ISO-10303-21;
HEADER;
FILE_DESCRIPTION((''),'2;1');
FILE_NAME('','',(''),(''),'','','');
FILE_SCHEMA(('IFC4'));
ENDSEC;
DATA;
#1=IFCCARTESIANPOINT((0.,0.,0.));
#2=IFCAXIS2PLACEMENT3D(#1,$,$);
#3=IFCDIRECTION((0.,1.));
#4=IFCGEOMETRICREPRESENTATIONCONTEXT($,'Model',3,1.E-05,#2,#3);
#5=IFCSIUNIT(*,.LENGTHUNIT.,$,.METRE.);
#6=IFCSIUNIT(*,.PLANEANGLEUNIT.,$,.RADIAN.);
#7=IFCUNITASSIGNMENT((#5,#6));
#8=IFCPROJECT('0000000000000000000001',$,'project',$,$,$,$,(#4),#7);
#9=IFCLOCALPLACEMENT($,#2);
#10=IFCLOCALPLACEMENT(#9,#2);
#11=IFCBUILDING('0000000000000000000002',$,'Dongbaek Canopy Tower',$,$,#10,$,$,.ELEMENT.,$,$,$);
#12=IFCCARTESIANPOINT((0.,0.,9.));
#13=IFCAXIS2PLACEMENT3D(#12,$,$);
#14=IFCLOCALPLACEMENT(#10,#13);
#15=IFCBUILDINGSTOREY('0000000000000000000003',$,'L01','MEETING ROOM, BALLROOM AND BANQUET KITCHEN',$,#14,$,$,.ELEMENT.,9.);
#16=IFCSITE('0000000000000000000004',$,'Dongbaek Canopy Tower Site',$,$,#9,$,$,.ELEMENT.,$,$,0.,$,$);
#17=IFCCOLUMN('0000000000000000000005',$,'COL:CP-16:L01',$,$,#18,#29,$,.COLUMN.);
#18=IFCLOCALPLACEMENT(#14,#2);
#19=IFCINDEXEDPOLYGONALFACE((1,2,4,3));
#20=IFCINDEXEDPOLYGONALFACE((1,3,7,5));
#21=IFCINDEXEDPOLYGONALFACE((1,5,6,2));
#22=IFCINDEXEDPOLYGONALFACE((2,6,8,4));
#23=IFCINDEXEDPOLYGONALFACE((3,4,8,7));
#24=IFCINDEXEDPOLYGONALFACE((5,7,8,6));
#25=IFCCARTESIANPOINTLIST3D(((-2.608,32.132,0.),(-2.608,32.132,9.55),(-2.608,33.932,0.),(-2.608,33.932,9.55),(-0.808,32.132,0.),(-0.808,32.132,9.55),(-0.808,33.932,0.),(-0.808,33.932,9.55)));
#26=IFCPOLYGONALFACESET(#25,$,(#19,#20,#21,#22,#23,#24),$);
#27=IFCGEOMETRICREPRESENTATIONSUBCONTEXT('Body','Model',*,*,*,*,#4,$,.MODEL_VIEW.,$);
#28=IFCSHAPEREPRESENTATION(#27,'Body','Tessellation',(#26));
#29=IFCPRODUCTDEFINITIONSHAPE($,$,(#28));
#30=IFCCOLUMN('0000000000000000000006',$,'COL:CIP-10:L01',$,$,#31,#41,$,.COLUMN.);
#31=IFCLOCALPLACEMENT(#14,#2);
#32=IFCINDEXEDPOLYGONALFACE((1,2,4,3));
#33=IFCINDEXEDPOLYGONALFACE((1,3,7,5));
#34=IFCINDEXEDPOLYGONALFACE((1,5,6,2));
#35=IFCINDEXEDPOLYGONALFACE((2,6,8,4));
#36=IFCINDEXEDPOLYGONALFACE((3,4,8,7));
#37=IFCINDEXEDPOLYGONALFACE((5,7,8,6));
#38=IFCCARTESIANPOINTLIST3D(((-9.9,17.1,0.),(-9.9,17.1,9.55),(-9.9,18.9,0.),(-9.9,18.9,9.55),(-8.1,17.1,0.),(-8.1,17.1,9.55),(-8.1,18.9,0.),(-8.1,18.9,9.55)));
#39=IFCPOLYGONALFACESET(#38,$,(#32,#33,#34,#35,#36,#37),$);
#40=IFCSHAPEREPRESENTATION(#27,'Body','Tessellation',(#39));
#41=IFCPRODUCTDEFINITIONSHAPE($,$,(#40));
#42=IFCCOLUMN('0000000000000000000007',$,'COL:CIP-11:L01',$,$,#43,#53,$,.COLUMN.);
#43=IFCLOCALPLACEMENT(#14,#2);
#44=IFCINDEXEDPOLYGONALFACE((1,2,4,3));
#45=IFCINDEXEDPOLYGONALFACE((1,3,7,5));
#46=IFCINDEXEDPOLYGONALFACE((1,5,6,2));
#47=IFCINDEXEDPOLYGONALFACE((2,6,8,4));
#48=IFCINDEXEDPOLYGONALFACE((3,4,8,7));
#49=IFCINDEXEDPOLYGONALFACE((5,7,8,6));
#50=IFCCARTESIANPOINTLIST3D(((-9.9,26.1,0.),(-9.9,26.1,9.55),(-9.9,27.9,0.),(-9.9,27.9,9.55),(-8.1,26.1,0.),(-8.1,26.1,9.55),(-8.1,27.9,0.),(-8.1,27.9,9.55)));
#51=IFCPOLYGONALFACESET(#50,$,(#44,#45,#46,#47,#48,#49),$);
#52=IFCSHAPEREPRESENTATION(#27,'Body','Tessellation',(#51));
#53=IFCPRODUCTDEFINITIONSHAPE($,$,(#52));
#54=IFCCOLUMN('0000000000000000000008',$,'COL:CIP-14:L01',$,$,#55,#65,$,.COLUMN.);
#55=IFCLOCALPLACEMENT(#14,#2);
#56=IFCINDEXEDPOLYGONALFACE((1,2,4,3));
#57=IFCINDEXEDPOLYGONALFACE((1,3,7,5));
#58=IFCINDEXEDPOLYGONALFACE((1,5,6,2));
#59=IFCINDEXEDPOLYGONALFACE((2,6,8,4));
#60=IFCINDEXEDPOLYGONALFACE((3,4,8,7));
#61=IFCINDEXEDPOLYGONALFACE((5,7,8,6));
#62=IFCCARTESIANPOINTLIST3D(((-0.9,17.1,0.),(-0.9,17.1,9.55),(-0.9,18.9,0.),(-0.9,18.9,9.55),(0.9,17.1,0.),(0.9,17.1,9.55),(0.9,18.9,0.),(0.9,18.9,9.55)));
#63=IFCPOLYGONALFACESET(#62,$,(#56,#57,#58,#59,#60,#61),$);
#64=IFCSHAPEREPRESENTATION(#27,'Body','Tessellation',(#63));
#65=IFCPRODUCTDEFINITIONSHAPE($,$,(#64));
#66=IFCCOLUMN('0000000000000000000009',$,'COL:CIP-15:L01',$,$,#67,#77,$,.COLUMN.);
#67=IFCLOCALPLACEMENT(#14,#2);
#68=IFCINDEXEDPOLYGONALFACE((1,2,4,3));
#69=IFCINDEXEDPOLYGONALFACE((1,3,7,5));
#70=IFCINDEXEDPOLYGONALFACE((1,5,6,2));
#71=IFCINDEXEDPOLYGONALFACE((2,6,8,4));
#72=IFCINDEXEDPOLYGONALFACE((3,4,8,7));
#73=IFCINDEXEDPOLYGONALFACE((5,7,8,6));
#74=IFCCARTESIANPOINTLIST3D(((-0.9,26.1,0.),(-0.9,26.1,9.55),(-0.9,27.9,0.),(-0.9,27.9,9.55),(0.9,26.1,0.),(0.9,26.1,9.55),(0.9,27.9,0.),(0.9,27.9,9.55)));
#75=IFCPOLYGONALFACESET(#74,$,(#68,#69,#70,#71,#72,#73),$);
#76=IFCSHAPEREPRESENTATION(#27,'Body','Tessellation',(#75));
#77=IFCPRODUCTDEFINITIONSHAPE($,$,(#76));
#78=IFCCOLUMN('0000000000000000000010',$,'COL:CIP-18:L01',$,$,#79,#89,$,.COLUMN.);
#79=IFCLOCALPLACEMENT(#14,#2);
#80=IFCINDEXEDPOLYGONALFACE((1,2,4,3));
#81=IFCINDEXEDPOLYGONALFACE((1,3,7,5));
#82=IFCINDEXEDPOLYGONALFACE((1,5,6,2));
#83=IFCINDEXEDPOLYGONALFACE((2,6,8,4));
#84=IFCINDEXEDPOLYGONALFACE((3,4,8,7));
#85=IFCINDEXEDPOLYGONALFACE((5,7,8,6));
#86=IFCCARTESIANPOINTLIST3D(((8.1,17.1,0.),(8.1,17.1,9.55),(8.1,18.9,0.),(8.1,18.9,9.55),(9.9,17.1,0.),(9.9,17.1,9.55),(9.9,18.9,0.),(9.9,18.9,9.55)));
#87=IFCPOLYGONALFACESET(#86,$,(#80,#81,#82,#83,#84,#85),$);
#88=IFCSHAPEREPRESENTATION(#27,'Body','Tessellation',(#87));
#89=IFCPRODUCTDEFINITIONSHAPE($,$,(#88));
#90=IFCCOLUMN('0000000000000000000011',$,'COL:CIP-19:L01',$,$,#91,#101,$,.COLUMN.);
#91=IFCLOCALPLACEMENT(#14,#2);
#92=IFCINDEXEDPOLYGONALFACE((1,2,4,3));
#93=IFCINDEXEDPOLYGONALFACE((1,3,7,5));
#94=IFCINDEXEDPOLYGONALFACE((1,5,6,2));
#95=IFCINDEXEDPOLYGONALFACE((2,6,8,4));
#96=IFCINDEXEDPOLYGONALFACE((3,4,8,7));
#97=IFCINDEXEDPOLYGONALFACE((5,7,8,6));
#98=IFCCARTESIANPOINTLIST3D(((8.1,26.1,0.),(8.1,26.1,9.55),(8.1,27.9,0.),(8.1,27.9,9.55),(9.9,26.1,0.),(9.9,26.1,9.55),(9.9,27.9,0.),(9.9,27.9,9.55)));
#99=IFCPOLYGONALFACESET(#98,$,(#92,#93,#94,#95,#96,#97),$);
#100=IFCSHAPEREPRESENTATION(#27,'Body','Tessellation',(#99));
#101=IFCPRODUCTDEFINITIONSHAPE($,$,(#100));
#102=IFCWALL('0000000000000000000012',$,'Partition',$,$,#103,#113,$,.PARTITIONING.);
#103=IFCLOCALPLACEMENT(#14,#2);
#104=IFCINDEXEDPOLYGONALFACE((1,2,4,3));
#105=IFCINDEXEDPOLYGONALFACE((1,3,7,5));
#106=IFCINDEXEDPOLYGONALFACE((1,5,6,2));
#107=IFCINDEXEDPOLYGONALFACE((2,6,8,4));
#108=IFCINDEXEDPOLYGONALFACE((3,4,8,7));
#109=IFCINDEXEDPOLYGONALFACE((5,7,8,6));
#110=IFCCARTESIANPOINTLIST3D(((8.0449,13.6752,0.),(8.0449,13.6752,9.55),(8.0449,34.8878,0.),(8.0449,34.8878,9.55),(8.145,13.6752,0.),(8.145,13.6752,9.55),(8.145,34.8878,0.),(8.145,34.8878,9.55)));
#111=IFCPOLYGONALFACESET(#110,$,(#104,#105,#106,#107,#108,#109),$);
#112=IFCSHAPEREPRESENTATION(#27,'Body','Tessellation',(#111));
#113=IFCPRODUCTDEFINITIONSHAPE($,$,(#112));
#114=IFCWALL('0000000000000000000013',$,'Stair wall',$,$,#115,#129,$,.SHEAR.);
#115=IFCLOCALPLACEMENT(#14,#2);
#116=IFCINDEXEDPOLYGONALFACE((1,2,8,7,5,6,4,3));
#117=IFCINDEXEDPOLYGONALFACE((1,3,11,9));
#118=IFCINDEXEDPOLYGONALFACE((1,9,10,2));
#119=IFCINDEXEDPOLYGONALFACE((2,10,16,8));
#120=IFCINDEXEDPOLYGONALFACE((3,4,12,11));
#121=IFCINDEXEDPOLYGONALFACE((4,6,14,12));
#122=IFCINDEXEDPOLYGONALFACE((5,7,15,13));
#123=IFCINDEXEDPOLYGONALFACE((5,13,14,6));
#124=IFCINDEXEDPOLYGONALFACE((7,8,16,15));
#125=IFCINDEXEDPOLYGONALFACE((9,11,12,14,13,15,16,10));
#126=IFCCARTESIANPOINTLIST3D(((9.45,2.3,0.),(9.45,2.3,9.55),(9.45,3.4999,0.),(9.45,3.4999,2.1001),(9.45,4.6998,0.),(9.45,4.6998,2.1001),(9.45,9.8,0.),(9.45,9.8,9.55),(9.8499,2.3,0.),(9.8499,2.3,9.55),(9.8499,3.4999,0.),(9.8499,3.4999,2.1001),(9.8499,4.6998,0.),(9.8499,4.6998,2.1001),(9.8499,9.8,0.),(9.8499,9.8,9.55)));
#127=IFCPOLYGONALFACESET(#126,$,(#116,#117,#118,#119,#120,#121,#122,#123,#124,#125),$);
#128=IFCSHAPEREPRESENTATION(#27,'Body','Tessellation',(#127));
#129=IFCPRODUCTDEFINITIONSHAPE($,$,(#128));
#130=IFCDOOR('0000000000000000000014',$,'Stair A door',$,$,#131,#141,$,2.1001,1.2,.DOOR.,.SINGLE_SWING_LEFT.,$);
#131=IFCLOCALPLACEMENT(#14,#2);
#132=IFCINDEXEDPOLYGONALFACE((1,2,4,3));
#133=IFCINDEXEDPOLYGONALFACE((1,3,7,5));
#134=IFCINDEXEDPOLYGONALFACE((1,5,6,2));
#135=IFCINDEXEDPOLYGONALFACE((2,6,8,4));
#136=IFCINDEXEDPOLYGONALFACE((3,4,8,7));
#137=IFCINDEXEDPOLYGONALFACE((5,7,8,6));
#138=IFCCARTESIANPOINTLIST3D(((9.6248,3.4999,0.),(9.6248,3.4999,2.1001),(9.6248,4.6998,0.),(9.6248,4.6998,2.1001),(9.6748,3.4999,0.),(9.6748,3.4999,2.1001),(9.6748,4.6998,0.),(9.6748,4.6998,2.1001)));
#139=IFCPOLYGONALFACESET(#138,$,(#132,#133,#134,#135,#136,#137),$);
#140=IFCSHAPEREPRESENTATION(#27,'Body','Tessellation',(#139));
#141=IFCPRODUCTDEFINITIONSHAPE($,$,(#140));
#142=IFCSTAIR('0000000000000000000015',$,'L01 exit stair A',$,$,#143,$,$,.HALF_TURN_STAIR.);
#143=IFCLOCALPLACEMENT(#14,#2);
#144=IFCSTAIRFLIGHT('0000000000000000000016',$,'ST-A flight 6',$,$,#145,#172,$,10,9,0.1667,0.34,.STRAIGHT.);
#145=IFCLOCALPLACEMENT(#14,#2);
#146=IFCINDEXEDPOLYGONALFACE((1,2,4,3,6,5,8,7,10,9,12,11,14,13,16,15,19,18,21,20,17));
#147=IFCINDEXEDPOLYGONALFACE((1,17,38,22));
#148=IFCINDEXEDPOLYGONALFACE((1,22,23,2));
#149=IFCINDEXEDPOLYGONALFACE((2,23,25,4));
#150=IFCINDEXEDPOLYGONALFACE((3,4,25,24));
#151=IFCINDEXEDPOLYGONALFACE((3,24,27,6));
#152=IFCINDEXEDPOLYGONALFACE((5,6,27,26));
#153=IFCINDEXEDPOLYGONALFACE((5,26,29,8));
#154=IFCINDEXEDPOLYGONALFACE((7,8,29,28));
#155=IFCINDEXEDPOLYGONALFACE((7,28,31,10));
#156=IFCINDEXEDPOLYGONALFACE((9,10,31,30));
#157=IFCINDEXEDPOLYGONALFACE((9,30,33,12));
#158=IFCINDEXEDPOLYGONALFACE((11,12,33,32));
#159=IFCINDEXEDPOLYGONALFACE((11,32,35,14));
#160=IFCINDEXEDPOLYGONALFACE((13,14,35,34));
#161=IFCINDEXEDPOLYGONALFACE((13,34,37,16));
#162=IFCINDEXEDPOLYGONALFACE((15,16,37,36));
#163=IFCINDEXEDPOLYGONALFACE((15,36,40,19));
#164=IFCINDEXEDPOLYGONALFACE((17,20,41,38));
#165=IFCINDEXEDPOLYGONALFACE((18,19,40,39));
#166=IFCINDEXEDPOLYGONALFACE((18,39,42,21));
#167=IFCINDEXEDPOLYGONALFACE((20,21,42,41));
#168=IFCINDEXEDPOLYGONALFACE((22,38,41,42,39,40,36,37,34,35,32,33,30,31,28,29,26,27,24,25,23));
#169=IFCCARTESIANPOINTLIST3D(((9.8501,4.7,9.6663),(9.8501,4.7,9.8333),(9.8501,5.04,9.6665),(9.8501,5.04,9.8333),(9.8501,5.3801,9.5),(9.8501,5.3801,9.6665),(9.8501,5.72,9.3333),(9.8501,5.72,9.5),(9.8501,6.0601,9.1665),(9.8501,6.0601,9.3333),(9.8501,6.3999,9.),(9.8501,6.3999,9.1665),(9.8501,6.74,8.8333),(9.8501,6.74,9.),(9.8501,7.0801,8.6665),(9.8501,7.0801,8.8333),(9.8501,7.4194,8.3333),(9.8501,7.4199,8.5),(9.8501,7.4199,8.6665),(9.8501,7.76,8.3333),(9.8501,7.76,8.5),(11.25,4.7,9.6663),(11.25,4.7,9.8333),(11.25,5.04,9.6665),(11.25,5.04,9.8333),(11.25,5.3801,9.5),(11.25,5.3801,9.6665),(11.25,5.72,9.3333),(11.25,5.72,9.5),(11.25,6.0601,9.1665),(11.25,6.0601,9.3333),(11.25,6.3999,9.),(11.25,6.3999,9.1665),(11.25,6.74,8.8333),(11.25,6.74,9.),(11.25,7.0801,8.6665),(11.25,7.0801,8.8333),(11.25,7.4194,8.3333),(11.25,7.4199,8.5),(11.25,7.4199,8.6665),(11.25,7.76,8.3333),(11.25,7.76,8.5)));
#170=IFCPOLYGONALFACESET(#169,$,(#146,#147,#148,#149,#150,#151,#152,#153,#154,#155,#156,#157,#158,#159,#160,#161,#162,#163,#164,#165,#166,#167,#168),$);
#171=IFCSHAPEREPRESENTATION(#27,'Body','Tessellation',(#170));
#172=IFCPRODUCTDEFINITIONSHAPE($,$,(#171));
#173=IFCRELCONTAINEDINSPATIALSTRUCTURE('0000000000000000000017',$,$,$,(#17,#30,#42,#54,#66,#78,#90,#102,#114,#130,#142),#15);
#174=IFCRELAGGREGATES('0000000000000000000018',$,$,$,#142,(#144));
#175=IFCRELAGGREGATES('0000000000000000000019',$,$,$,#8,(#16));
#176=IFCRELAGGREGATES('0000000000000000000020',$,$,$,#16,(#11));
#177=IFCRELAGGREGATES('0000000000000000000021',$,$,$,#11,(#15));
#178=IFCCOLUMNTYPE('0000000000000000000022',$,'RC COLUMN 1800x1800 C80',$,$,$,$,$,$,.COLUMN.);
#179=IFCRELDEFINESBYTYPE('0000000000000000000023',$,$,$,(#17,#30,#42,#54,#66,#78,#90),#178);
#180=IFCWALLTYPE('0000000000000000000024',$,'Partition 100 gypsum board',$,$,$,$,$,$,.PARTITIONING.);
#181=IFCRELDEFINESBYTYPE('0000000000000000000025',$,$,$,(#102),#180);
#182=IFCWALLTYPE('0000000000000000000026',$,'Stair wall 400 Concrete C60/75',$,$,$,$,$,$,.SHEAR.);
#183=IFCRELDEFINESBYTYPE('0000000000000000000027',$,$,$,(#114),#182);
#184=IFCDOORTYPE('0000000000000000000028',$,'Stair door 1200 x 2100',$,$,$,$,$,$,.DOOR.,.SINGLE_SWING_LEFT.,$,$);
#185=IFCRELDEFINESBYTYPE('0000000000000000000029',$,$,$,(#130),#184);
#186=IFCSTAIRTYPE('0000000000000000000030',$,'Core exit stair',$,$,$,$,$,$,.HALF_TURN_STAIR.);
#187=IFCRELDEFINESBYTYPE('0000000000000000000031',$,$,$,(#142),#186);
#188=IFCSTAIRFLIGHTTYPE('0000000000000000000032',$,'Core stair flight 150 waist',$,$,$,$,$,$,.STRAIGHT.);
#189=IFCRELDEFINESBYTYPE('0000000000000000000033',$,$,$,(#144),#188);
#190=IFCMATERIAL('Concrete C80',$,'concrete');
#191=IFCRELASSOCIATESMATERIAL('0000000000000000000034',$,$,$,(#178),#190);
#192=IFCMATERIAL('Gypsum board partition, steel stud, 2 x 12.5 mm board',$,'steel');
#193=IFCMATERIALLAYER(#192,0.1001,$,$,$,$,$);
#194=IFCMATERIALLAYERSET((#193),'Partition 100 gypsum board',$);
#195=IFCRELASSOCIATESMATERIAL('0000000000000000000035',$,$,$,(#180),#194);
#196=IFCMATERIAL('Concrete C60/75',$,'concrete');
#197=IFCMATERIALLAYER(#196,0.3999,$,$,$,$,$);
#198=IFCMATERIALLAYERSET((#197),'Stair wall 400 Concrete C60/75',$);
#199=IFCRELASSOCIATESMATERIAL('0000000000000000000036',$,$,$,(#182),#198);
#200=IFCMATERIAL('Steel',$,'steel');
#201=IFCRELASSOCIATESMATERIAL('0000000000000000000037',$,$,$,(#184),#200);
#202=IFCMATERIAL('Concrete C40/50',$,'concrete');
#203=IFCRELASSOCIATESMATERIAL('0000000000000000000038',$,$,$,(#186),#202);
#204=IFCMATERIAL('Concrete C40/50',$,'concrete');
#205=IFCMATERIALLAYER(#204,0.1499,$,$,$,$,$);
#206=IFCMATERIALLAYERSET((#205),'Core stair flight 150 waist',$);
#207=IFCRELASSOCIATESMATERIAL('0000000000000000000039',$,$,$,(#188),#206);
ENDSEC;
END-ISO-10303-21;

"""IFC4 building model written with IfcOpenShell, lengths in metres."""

from ifc_helpers import new_model, si_unit, direction, frame, frame_2d, origin, origin_2d, place, context, subcontext, project, spatial, polyline, rectangle, outline, extrude, material, layer, layer_set, material_profile, profile_set, type_object, element, fill, aggregate, save


model = new_model("IFC4")

# Units and contexts
model_context = context("Model", 3, precision=1e-05, world=origin(), true_north=direction((0.0, 1.0)))
body_context = subcontext(model_context, "Body", "Model", "MODEL_VIEW")
ifc_project = project(units=[si_unit("LENGTHUNIT", "METRE"), si_unit("PLANEANGLEUNIT", "RADIAN")], contexts=[model_context])

# Site, building, storey
site_placement = place(None, origin())
site = spatial("IfcSite", under=ifc_project, at=site_placement, Name="Dongbaek Canopy Tower Site", CompositionType="ELEMENT", RefElevation=0.0)
building_placement = place(site_placement, origin())
building = spatial("IfcBuilding", under=site, at=building_placement, Name="Dongbaek Canopy Tower", CompositionType="ELEMENT")
storey_placement = place(building_placement, frame((0.0, 0.0, 9.0)))
storey = spatial("IfcBuildingStorey", under=building, at=storey_placement, Name="L01", Description="MEETING ROOM, BALLROOM AND BANQUET KITCHEN", CompositionType="ELEMENT", Elevation=9.0)

# Columns
ifc_material_1 = material(Name="Concrete C80", Category="concrete")
ifc_material_profile = material_profile(ifc_material_1, rectangle(XDim=1.8, YDim=1.8, at=origin_2d()), Name="RC COLUMN 1800x1800 C80")
ifc_profile_set = profile_set([ifc_material_profile], Name="Concrete C80")
column_type = type_object("IfcColumnType", Name="RC COLUMN 1800x1800 C80", PredefinedType="COLUMN", material=ifc_profile_set)
for number, where, z_axis, x_axis, name in (
    (1, (-1.708, 33.032, 0.0), (0.0, 0.0, 1.0), (1.0, 0.0, 0.0), "COL:CP-16:L01"),
    (2, (-9.0, 18.0, 0.0), (0.0, 0.0, 1.0), (1.0, 0.0, 0.0), "COL:CIP-10:L01"),
    (3, (-9.0, 27.0, 0.0), (0.0, 0.0, 1.0), (1.0, 0.0, 0.0), "COL:CIP-11:L01"),
    (4, (0.0, 18.0, 0.0), (0.0, 0.0, 1.0), (1.0, 0.0, 0.0), "COL:CIP-14:L01"),
    (5, (0.0, 27.0, 0.0), (0.0, 0.0, 1.0), (1.0, 0.0, 0.0), "COL:CIP-15:L01"),
    (6, (9.0, 18.0, 0.0), (0.0, 0.0, 1.0), (1.0, 0.0, 0.0), "COL:CIP-18:L01"),
    (7, (9.0, 27.0, 0.0), (0.0, 0.0, 1.0), (1.0, 0.0, 0.0), "COL:CIP-19:L01"),
):
    element("IfcColumn", number, at=place(storey_placement, frame(where, z_axis=z_axis, x_axis=x_axis)), inside=storey, type_object=column_type, Name=name, PredefinedType="COLUMN", context=body_context, shape_type="SweptSolid", body=[
        extrude(rectangle(XDim=1.8, YDim=1.8, at=origin_2d()), origin(), (0.0, 0.0, 1.0), 9.55),
    ])

# Wall
ifc_material_2 = material(Name="Gypsum board partition, steel stud, 2 x 12.5 mm board", Category="steel")
ifc_layer_1 = layer(ifc_material_2, 0.1001)
ifc_layer_set_1 = layer_set([ifc_layer_1], Name="Partition 100 gypsum board")
wall_type_1 = type_object("IfcWallType", Name="Partition 100 gypsum board", PredefinedType="PARTITIONING", material=ifc_layer_set_1)
wall_1_placement = place(storey_placement, frame((8.095, 13.675, 0.0), z_axis=(0.0, 0.0, 1.0), x_axis=(0.0, 1.0, 0.0)))
element("IfcWall", 8, at=wall_1_placement, inside=storey, type_object=wall_type_1, Name="Partition", PredefinedType="PARTITIONING", context=body_context, shape_type="SweptSolid", body=[
    extrude(rectangle(XDim=21.2126, YDim=0.1001, at=frame_2d((10.6064, 0.0))), origin(), (0.0, 0.0, 1.0), 9.55),
])

# Wall, opening, door
ifc_material_3 = material(Name="Concrete C60/75", Category="concrete")
ifc_layer_2 = layer(ifc_material_3, 0.3999)
ifc_layer_set_2 = layer_set([ifc_layer_2], Name="Stair wall 400 Concrete C60/75")
wall_type_2 = type_object("IfcWallType", Name="Stair wall 400 Concrete C60/75", PredefinedType="SHEAR", material=ifc_layer_set_2)
wall_2_placement = place(storey_placement, frame((9.6499, 9.8, 0.0), z_axis=(0.0, 0.0, 1.0), x_axis=(0.0, -1.0, 0.0)))
wall_2 = element("IfcWall", 9, at=wall_2_placement, inside=storey, type_object=wall_type_2, Name="Stair wall", PredefinedType="SHEAR", context=body_context, shape_type="SweptSolid", body=[
    extrude(rectangle(XDim=7.5, YDim=0.3999, at=frame_2d((3.75, 0.0))), origin(), (0.0, 0.0, 1.0), 9.55),
])
opening_placement = place(wall_2_placement, frame((5.1001, 0.0, 0.0)))
opening = element("IfcOpeningElement", 10, at=opening_placement, cuts=wall_2, PredefinedType="OPENING", context=body_context, shape_type="SweptSolid", body=[
    extrude(rectangle(XDim=1.2, YDim=2.1001, at=frame_2d((0.6001, 1.05))), frame((0.0, 0.21, 0.0), z_axis=(0.0, -1.0, 0.0), x_axis=(1.0, 0.0, 0.0)), (0.0, 0.0, 1.0), 0.4199),
])
ifc_material_4 = material(Name="Steel", Category="steel")
door_type = type_object("IfcDoorType", Name="Stair door 1200 x 2100", OperationType="SINGLE_SWING_LEFT", PredefinedType="DOOR", material=ifc_material_4)
door_placement = place(opening_placement, origin())
door = element("IfcDoor", 11, at=door_placement, inside=storey, type_object=door_type, Name="Stair A door", OperationType="SINGLE_SWING_LEFT", OverallHeight=2.1001, OverallWidth=1.2, PredefinedType="DOOR", context=body_context, shape_type="SweptSolid", body=[
    extrude(rectangle(XDim=1.2, YDim=2.1001, at=frame_2d((0.6001, 1.05))), frame((0.0, 0.0249, 0.0), z_axis=(0.0, -1.0, 0.0), x_axis=(1.0, 0.0, 0.0)), (0.0, 0.0, 1.0), 0.05),
])
fill(opening, door)

# Stair, stair flight
ifc_material_5 = material(Name="Concrete C40/50", Category="concrete")
stair_type = type_object("IfcStairType", Name="Core exit stair", PredefinedType="HALF_TURN_STAIR", material=ifc_material_5)
stair_placement = place(storey_placement, origin())
stair = element("IfcStair", 12, at=stair_placement, inside=storey, type_object=stair_type, Name="L01 exit stair A", PredefinedType="HALF_TURN_STAIR")
ifc_material_6 = material(Name="Concrete C40/50", Category="concrete")
ifc_layer_3 = layer(ifc_material_6, 0.1499)
ifc_layer_set_3 = layer_set([ifc_layer_3], Name="Core stair flight 150 waist")
stair_flight_type = type_object("IfcStairFlightType", Name="Core stair flight 150 waist", PredefinedType="STRAIGHT", material=ifc_layer_set_3)
stair_flight_placement = place(storey_placement, frame((10.55, 7.76, 8.3333), z_axis=(0.0, 0.0, 1.0), x_axis=(0.0, -1.0, 0.0)))
stair_flight = element("IfcStairFlight", 13, at=stair_flight_placement, type_object=stair_flight_type, Name="ST-A flight 6", NumberOfRisers=10, NumberOfTreads=9, PredefinedType="STRAIGHT", RiserHeight=0.1667, TreadLength=0.34, context=body_context, shape_type="SweptSolid", body=[
    extrude(outline(polyline([(0.0, 0.0), (0.0, 0.1667), (0.3401, 0.1667), (0.3401, 0.3333), (0.6799, 0.3333), (0.6799, 0.5), (1.02, 0.5), (1.02, 0.6667), (1.3601, 0.6667), (1.3601, 0.8333), (1.7, 0.8333), (1.7, 1.0), (2.04, 1.0), (2.04, 1.1667), (2.3799, 1.1667), (2.3799, 1.3333), (2.72, 1.3333), (2.72, 1.5), (3.0601, 1.5), (3.0601, 1.6667), (3.0601, 1.333), (0.3406, 0.0), (0.0, 0.0)])), frame((0.0, 0.7, 0.0), z_axis=(0.0, -1.0, 0.0), x_axis=(1.0, 0.0, 0.0)), (0.0, 0.0, 1.0), 1.3999),
])
aggregate(stair, [stair_flight])

save(model, "model.ifc")
